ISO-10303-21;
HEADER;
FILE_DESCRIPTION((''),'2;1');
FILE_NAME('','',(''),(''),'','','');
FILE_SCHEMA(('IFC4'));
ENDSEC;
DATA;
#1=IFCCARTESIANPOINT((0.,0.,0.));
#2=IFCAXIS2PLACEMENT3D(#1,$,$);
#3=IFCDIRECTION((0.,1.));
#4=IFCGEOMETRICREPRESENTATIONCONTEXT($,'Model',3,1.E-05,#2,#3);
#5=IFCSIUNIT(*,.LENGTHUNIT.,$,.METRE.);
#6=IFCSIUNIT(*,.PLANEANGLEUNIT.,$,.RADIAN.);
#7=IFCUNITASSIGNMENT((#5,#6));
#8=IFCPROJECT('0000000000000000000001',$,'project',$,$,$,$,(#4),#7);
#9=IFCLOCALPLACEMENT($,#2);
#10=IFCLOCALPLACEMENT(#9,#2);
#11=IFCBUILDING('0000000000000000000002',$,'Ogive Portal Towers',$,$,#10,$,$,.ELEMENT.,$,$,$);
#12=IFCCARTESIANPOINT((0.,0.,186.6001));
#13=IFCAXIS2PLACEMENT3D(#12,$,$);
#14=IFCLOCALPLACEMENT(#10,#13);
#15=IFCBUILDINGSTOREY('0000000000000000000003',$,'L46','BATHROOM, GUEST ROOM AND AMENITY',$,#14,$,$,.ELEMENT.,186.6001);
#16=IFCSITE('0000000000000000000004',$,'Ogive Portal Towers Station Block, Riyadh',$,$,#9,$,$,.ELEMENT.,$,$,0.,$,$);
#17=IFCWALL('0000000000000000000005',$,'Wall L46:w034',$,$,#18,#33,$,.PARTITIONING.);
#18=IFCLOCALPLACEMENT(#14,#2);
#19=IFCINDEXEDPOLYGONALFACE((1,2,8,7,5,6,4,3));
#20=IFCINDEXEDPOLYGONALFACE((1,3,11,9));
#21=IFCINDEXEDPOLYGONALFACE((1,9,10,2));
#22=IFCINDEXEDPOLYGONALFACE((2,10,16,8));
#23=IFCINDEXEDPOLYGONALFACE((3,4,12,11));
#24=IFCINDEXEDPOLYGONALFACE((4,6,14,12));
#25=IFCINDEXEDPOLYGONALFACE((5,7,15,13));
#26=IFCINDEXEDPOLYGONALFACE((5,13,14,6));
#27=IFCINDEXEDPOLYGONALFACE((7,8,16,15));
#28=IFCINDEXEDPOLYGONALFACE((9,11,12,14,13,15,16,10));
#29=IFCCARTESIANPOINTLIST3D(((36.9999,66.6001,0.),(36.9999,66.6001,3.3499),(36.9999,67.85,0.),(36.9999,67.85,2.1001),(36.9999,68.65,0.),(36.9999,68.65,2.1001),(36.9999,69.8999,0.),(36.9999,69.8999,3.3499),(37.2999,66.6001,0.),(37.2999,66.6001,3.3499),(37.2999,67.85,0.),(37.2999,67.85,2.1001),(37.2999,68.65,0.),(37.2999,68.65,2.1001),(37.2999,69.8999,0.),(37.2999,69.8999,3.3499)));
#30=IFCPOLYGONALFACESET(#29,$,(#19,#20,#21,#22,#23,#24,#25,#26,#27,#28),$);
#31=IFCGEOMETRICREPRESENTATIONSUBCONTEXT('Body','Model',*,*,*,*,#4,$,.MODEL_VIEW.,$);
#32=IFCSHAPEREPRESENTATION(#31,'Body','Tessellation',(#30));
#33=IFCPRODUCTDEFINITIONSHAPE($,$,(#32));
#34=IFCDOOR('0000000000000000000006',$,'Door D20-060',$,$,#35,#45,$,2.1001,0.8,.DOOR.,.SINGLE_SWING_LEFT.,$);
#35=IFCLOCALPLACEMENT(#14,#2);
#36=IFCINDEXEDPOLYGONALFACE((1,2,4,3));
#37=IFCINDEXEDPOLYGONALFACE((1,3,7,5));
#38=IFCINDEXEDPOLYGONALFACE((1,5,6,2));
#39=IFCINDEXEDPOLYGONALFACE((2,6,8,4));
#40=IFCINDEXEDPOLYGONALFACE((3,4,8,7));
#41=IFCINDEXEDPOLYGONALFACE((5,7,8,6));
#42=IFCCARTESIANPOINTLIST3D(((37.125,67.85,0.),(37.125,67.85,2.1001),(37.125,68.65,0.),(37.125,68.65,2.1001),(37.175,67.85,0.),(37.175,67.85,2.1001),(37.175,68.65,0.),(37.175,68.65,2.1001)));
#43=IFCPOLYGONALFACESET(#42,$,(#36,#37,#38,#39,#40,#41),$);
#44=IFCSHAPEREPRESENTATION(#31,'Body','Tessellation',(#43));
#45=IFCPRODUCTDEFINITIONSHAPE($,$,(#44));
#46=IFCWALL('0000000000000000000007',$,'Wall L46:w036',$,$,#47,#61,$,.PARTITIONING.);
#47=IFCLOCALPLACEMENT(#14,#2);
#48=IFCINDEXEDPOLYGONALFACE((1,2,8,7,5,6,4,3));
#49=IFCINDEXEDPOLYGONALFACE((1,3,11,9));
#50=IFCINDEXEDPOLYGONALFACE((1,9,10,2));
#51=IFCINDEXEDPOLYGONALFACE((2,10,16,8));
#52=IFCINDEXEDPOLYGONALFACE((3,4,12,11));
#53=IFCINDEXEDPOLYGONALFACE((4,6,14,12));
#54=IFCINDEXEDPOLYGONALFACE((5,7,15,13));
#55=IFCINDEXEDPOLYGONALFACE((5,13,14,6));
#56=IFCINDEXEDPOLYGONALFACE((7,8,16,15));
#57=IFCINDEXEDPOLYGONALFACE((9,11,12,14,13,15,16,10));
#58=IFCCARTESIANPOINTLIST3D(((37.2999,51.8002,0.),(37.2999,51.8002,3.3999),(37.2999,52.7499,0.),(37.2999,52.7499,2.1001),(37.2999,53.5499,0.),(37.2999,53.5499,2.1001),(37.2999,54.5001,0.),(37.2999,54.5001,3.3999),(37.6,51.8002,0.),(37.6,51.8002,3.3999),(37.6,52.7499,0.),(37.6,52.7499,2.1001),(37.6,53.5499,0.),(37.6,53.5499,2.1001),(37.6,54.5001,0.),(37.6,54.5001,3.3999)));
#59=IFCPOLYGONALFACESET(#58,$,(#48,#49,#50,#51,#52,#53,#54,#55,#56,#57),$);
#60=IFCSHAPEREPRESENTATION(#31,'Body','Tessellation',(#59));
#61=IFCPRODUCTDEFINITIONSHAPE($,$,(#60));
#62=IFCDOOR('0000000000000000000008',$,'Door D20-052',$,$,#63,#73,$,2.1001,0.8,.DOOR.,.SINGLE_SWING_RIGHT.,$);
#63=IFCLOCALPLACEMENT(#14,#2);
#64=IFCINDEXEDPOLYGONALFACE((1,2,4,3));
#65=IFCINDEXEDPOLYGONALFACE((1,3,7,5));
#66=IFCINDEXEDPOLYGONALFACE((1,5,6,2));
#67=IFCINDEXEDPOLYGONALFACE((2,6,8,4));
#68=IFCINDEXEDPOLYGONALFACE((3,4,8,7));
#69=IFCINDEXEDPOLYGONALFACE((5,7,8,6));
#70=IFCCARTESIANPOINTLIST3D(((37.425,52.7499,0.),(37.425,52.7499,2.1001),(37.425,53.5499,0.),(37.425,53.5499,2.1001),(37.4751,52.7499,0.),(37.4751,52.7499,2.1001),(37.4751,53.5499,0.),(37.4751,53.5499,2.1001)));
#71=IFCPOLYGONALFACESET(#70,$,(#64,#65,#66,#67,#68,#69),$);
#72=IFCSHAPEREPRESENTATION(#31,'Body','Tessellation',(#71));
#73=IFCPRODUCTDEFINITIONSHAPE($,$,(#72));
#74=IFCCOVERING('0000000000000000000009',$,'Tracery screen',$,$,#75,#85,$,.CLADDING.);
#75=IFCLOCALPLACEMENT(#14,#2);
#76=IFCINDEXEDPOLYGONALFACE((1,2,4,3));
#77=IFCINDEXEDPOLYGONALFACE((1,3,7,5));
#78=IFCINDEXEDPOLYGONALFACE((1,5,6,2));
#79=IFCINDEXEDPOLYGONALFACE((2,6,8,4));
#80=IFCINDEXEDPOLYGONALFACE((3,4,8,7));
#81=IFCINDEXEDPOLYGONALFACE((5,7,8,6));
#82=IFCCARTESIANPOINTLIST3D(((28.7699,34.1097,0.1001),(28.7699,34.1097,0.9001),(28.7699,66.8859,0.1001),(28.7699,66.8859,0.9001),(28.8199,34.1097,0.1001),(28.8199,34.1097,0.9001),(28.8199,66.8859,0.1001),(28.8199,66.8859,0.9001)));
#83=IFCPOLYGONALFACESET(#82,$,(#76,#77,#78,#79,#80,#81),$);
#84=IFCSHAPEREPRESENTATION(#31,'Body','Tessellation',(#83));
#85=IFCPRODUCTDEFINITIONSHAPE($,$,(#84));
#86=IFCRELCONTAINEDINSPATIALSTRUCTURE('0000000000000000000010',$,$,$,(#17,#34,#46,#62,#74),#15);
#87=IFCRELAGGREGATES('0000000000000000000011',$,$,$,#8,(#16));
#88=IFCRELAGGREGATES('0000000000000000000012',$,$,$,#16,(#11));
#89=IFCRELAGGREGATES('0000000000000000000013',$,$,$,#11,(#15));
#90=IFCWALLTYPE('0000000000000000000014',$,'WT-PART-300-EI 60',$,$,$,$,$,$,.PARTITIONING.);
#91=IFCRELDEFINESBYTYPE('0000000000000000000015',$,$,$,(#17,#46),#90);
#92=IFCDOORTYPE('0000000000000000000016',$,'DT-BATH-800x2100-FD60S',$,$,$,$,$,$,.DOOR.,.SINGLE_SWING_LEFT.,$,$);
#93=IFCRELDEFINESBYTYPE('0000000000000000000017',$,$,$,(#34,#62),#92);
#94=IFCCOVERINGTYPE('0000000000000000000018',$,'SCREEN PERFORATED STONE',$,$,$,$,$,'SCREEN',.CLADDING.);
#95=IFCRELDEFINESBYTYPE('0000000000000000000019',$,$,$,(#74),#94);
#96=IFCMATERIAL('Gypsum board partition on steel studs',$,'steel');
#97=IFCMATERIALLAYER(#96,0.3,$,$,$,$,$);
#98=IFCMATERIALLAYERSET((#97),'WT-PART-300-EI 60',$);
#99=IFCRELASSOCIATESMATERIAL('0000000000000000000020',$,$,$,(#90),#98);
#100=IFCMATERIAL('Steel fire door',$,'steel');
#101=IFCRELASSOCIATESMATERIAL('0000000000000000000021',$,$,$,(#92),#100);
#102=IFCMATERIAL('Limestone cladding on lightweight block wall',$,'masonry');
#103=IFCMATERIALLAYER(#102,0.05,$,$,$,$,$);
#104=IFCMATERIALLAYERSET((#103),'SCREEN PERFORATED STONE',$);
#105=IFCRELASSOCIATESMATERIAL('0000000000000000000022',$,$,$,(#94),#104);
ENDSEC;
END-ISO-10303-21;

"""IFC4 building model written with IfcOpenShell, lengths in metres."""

from ifc_helpers import new_model, si_unit, direction, frame, frame_2d, origin, origin_2d, place, context, subcontext, project, spatial, rectangle, extrude, material, layer, layer_set, type_object, element, fill, save


model = new_model("IFC4")

# Units and contexts
model_context = context("Model", 3, precision=1e-05, world=origin(), true_north=direction((0.0, 1.0)))
body_context = subcontext(model_context, "Body", "Model", "MODEL_VIEW")
ifc_project = project(units=[si_unit("LENGTHUNIT", "METRE"), si_unit("PLANEANGLEUNIT", "RADIAN")], contexts=[model_context])

# Site, building, storey
site_placement = place(None, origin())
site = spatial("IfcSite", under=ifc_project, at=site_placement, Name="Ogive Portal Towers Station Block, Riyadh", CompositionType="ELEMENT", RefElevation=0.0)
building_placement = place(site_placement, origin())
building = spatial("IfcBuilding", under=site, at=building_placement, Name="Ogive Portal Towers", CompositionType="ELEMENT")
storey_placement = place(building_placement, frame((0.0, 0.0, 186.6001)))
storey = spatial("IfcBuildingStorey", under=building, at=storey_placement, Name="L46", Description="BATHROOM, GUEST ROOM AND AMENITY", CompositionType="ELEMENT", Elevation=186.6001)

# Shared definitions
ifc_material_1 = material(Name="Gypsum board partition on steel studs", Category="steel")
ifc_layer_1 = layer(ifc_material_1, 0.3)
ifc_layer_set_1 = layer_set([ifc_layer_1], Name="WT-PART-300-EI 60")
wall_type = type_object("IfcWallType", Name="WT-PART-300-EI 60", PredefinedType="PARTITIONING", material=ifc_layer_set_1)

# Walls, openings, doors
ifc_material_2 = material(Name="Steel fire door", Category="steel")
wall_1_placement = place(storey_placement, frame((37.1499, 66.6001, 0.0), z_axis=(0.0, 0.0, 1.0), x_axis=(0.0, 1.0, 0.0)))
wall_1 = element("IfcWall", 1, at=wall_1_placement, inside=storey, type_object=wall_type, Name="Wall L46:w034", PredefinedType="PARTITIONING", context=body_context, shape_type="SweptSolid", body=[
    extrude(rectangle(XDim=3.2998, YDim=0.3, at=frame_2d((1.6499, 0.0))), origin(), (0.0, 0.0, 1.0), 3.3499),
])
opening_1_placement = place(wall_1_placement, frame((1.25, 0.0, 0.0)))
opening_1 = element("IfcOpeningElement", 2, at=opening_1_placement, cuts=wall_1, PredefinedType="OPENING", context=body_context, shape_type="SweptSolid", body=[
    extrude(rectangle(XDim=0.8, YDim=2.1001, at=frame_2d((0.3999, 1.05))), frame((0.0, 0.1602, 0.0), z_axis=(0.0, -1.0, 0.0), x_axis=(1.0, 0.0, 0.0)), (0.0, 0.0, 1.0), 0.3201),
])
door_type_1 = type_object("IfcDoorType", Name="DT-BATH-800x2100-FD60S", OperationType="SINGLE_SWING_LEFT", PredefinedType="DOOR", material=ifc_material_2)
door_1_placement = place(opening_1_placement, origin())
door_1 = element("IfcDoor", 3, at=door_1_placement, inside=storey, type_object=door_type_1, Name="Door D20-060", OperationType="SINGLE_SWING_LEFT", OverallHeight=2.1001, OverallWidth=0.8, PredefinedType="DOOR", context=body_context, shape_type="SweptSolid", body=[
    extrude(rectangle(XDim=0.8, YDim=2.1001, at=frame_2d((0.3999, 1.05))), frame((0.0, 0.0249, 0.0), z_axis=(0.0, -1.0, 0.0), x_axis=(1.0, 0.0, 0.0)), (0.0, 0.0, 1.0), 0.05),
])
fill(opening_1, door_1)
wall_2_placement = place(storey_placement, frame((37.45, 51.8, 0.0), z_axis=(0.0, 0.0, 1.0), x_axis=(0.0, 1.0, 0.0)))
wall_2 = element("IfcWall", 4, at=wall_2_placement, inside=storey, type_object=wall_type, Name="Wall L46:w036", PredefinedType="PARTITIONING", context=body_context, shape_type="SweptSolid", body=[
    extrude(rectangle(XDim=2.7, YDim=0.3, at=frame_2d((1.3501, 0.0))), origin(), (0.0, 0.0, 1.0), 3.3999),
])
opening_2_placement = place(wall_2_placement, frame((0.95, 0.0, 0.0)))
opening_2 = element("IfcOpeningElement", 5, at=opening_2_placement, cuts=wall_2, PredefinedType="OPENING", context=body_context, shape_type="SweptSolid", body=[
    extrude(rectangle(XDim=0.8, YDim=2.1001, at=frame_2d((0.3999, 1.05))), frame((0.0, 0.1602, 0.0), z_axis=(0.0, -1.0, 0.0), x_axis=(1.0, 0.0, 0.0)), (0.0, 0.0, 1.0), 0.3201),
])
door_2_placement = place(opening_2_placement, origin())
door_2 = element("IfcDoor", 6, at=door_2_placement, inside=storey, type_object=door_type_1, Name="Door D20-052", OperationType="SINGLE_SWING_RIGHT", OverallHeight=2.1001, OverallWidth=0.8, PredefinedType="DOOR", context=body_context, shape_type="SweptSolid", body=[
    extrude(rectangle(XDim=0.8, YDim=2.1001, at=frame_2d((0.3999, 1.05))), frame((0.0, 0.0249, 0.0), z_axis=(0.0, -1.0, 0.0), x_axis=(1.0, 0.0, 0.0)), (0.0, 0.0, 1.0), 0.05),
])
fill(opening_2, door_2)

# Covering
ifc_material_3 = material(Name="Limestone cladding on lightweight block wall", Category="masonry")
ifc_layer_2 = layer(ifc_material_3, 0.05)
ifc_layer_set_2 = layer_set([ifc_layer_2], Name="SCREEN PERFORATED STONE")
covering_type = type_object("IfcCoveringType", Name="SCREEN PERFORATED STONE", ElementType="SCREEN", PredefinedType="CLADDING", material=ifc_layer_set_2)
covering_placement = place(storey_placement, frame((28.7949, 50.4978, 0.1001), z_axis=(0.0, 0.0, 1.0), x_axis=(0.0, -1.0, 0.0)))
element("IfcCovering", 7, at=covering_placement, inside=storey, type_object=covering_type, Name="Tracery screen", PredefinedType="CLADDING", context=body_context, shape_type="SweptSolid", body=[
    extrude(rectangle(XDim=32.7761, YDim=0.05, at=origin_2d()), origin(), (0.0, 0.0, 1.0), 0.8),
])

save(model, "model.ifc")
